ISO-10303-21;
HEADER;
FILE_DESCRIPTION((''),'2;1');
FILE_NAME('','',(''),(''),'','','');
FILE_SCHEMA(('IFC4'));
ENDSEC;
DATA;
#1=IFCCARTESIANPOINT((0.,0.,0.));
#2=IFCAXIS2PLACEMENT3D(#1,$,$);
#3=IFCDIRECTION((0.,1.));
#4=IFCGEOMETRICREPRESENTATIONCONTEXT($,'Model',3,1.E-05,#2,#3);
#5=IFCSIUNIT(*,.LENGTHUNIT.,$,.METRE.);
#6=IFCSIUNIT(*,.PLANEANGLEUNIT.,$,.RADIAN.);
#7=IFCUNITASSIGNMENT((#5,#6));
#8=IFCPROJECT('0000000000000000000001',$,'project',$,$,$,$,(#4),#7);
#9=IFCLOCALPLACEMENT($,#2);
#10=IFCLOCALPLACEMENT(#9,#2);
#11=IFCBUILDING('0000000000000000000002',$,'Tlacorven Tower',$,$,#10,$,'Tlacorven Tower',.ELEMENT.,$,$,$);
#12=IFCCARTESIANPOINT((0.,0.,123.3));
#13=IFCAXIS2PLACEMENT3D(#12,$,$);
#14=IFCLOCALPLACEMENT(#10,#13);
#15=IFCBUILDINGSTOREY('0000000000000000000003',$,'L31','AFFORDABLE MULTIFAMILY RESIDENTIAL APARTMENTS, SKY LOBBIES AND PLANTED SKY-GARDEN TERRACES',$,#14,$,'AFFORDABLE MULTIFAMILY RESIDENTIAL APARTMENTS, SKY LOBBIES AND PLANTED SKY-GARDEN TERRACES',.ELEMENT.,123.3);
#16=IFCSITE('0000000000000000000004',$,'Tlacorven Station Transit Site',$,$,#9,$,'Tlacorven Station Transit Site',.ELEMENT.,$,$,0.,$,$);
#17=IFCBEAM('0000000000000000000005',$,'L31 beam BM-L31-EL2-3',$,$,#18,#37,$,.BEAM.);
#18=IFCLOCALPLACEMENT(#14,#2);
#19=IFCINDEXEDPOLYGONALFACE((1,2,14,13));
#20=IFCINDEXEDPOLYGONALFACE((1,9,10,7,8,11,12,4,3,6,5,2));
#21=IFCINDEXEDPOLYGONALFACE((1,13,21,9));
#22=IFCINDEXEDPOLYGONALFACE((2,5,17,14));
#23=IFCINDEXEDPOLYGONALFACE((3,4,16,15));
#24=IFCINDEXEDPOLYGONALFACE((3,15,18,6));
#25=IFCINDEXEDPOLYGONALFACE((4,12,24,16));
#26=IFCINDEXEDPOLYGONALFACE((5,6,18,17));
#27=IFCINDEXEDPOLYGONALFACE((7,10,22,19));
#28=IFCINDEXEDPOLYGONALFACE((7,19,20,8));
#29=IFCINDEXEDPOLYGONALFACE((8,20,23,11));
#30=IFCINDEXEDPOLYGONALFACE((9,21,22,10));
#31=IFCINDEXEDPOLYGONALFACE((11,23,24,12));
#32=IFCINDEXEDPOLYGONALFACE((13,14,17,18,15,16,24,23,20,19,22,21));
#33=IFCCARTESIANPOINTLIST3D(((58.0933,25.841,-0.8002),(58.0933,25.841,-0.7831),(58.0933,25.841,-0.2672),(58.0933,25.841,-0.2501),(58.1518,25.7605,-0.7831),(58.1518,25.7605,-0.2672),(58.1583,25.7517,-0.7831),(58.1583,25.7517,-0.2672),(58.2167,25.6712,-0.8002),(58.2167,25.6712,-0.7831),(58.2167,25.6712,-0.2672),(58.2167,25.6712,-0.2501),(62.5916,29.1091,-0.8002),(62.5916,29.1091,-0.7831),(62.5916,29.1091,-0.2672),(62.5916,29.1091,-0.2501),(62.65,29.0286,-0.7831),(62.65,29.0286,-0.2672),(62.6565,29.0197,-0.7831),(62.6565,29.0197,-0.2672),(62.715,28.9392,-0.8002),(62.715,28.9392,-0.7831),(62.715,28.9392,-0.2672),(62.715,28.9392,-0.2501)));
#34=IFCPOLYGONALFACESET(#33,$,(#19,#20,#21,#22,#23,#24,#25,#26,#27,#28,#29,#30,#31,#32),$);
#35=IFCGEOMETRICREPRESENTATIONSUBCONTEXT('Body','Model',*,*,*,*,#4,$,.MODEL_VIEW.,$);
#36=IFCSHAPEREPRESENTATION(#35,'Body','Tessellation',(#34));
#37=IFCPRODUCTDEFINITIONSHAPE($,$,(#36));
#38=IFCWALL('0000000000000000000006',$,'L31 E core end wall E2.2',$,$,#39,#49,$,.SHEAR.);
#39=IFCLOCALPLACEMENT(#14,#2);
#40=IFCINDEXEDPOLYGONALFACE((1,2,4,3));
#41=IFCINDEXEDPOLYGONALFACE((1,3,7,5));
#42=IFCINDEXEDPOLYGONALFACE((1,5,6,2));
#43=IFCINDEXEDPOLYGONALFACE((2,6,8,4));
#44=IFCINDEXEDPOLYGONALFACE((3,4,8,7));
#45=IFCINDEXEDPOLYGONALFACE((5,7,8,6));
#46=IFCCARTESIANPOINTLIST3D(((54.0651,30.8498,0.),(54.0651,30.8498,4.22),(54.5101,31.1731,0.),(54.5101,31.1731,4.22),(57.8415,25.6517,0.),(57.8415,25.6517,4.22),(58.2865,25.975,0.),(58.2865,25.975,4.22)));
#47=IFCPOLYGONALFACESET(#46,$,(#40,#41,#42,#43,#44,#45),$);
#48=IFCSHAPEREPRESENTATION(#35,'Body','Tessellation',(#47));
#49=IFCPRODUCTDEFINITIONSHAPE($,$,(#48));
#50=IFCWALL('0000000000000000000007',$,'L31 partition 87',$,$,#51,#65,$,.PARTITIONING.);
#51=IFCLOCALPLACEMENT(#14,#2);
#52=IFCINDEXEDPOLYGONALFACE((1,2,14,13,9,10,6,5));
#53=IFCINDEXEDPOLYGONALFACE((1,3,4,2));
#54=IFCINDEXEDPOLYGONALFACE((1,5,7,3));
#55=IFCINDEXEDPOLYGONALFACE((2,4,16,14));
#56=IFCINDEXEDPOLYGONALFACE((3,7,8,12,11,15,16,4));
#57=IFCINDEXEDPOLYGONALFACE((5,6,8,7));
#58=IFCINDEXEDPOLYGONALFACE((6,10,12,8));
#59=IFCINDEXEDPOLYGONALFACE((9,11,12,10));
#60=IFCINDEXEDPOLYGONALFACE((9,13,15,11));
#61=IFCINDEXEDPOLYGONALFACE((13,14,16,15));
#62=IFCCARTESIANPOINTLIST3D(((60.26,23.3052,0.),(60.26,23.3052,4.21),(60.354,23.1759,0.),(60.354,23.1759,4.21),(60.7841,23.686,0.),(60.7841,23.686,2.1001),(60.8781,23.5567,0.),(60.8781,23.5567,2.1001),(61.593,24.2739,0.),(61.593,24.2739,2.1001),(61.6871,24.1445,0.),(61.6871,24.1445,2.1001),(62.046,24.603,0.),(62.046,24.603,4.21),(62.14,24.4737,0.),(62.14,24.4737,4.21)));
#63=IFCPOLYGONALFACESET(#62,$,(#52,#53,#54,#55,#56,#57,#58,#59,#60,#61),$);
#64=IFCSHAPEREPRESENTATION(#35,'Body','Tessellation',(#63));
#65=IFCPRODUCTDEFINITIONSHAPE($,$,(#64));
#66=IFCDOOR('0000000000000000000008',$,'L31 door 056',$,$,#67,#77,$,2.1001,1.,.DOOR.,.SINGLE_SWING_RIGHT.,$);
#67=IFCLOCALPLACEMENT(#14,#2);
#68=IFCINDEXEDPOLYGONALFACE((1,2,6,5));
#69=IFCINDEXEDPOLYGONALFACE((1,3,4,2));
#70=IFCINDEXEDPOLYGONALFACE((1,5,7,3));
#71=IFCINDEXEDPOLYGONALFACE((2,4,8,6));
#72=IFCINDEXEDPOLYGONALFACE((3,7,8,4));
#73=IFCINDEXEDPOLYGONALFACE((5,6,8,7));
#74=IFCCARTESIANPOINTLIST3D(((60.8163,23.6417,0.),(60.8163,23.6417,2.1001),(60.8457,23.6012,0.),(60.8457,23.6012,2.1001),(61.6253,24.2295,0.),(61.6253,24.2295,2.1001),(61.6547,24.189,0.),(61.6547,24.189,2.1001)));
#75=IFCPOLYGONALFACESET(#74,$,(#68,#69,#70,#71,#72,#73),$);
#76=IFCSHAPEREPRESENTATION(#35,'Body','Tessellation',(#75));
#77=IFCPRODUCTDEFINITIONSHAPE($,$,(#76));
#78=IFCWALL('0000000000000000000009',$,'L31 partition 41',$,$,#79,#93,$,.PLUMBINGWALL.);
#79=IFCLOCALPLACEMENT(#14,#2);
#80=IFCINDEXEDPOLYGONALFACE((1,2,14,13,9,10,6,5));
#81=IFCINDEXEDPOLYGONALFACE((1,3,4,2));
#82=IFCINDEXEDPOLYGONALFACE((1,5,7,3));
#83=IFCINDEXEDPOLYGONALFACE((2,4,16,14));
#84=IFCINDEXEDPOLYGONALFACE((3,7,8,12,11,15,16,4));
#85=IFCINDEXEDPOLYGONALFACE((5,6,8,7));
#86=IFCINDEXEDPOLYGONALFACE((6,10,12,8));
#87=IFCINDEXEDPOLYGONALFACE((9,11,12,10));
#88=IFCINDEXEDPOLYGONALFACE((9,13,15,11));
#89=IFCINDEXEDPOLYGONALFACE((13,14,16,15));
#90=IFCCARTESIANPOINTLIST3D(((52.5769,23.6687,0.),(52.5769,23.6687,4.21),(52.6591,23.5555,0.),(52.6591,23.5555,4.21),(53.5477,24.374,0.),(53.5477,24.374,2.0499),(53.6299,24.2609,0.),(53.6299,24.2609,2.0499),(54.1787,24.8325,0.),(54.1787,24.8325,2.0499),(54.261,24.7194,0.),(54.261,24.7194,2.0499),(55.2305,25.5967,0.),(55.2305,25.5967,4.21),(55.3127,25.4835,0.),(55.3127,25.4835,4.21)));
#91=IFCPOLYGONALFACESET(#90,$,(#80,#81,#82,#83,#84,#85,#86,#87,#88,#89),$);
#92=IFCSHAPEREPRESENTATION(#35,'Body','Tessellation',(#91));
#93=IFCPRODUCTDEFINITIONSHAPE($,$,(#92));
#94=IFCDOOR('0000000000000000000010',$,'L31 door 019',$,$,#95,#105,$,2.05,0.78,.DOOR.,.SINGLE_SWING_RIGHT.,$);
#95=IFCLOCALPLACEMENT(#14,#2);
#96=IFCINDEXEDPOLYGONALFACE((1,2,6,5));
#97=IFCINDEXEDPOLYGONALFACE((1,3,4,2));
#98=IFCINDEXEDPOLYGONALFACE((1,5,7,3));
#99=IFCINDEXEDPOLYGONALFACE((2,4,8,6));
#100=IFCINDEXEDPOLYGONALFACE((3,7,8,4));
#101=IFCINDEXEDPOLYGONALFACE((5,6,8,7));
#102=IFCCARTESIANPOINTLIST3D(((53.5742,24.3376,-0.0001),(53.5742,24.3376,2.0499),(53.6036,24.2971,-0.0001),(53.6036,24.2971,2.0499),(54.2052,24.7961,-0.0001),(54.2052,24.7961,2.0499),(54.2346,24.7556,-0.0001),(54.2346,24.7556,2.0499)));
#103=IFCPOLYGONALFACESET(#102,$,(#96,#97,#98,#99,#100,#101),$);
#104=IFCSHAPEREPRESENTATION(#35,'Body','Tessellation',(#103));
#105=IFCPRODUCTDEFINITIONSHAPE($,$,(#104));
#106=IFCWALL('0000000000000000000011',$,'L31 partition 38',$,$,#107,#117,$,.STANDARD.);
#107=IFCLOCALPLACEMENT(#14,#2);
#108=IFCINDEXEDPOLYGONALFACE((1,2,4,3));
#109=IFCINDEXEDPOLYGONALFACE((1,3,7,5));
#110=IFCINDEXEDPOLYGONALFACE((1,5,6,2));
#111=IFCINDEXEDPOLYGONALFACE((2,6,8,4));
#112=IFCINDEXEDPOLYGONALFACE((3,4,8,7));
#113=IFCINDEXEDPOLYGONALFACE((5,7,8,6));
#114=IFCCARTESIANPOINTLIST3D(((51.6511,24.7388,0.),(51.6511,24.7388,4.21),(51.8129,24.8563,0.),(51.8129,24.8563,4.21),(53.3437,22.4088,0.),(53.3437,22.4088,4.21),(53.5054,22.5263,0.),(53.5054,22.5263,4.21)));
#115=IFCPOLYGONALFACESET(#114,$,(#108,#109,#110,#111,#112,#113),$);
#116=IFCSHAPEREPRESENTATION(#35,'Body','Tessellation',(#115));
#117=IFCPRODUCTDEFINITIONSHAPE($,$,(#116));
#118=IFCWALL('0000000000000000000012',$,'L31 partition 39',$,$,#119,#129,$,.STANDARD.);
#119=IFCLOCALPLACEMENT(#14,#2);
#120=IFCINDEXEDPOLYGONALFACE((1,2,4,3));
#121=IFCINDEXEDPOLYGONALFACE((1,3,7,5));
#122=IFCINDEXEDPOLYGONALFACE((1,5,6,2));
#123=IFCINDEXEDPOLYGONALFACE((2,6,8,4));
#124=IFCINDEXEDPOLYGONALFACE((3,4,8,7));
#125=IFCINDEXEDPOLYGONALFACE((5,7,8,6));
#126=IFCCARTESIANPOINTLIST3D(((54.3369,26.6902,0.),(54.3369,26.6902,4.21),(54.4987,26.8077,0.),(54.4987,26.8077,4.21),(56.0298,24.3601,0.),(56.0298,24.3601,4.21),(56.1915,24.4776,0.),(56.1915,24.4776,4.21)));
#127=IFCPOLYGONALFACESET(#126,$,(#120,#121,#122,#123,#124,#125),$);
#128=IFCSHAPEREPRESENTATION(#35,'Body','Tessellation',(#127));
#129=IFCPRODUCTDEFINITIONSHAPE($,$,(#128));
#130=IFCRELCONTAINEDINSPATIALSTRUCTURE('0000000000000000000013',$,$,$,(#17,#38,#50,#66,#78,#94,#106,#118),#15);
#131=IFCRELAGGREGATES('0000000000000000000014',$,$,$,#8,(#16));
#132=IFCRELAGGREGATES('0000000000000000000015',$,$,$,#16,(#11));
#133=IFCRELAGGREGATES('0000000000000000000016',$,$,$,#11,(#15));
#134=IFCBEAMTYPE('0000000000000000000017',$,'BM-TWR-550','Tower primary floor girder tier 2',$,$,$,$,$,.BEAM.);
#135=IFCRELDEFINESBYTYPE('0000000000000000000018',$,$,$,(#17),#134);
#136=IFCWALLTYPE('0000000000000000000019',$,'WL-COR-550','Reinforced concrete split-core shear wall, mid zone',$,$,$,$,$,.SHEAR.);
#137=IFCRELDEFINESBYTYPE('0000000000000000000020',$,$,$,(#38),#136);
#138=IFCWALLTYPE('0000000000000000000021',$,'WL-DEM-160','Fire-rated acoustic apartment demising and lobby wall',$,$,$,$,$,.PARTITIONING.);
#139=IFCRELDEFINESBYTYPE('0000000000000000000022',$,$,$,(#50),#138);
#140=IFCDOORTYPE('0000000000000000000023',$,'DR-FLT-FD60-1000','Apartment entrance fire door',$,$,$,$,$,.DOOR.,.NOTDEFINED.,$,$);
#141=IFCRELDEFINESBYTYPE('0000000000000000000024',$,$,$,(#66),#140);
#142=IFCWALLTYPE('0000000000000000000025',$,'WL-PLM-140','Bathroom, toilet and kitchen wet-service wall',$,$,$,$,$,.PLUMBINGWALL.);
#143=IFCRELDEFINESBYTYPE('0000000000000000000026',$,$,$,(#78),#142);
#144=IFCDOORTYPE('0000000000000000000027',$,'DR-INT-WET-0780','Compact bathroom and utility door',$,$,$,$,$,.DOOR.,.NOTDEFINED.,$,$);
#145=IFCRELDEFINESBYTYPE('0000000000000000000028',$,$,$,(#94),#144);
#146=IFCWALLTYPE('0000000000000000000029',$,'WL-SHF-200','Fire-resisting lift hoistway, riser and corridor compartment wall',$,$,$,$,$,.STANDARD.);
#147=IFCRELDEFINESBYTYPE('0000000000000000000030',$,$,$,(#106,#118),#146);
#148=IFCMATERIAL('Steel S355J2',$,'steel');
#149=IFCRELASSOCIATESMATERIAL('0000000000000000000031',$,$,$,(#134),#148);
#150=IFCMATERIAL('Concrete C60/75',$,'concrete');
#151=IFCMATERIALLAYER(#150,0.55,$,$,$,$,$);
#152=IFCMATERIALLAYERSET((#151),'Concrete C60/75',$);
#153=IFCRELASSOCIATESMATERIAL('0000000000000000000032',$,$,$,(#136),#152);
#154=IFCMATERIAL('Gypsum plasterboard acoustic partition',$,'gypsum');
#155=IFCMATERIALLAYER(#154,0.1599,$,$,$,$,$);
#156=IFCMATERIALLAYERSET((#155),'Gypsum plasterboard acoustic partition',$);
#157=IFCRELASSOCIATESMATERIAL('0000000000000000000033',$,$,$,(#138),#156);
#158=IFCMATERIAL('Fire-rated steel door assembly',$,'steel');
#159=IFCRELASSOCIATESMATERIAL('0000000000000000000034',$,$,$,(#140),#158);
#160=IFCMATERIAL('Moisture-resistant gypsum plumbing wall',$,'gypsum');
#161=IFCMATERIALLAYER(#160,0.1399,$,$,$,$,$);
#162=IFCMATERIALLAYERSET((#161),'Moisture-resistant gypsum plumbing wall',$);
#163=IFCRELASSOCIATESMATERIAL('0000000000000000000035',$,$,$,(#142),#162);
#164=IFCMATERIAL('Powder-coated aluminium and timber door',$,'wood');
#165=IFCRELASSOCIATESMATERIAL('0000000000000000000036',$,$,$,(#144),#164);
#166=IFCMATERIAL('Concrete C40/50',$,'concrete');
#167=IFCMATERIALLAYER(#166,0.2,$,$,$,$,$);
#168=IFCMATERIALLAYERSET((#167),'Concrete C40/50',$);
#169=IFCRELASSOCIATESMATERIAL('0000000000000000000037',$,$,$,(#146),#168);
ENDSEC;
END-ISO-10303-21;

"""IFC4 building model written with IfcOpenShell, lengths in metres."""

from ifc_helpers import new_model, si_unit, direction, frame, frame_2d, origin, origin_2d, place, context, subcontext, project, spatial, rectangle, i_section, extrude, source, transform, mapped, material, layer, layer_set, material_profile, profile_set, type_object, element, fill, save


model = new_model("IFC4")

# Units and contexts
model_context = context("Model", 3, precision=1e-05, world=origin(), true_north=direction((0.0, 1.0)))
body_context = subcontext(model_context, "Body", "Model", "MODEL_VIEW")
ifc_project = project(units=[si_unit("LENGTHUNIT", "METRE"), si_unit("PLANEANGLEUNIT", "RADIAN")], contexts=[model_context])

# Site, building, storey
site_placement = place(None, origin())
site = spatial("IfcSite", under=ifc_project, at=site_placement, Name="Tlacorven Station Transit Site", LongName="Tlacorven Station Transit Site", CompositionType="ELEMENT", RefElevation=0.0)
building_placement = place(site_placement, origin())
building = spatial("IfcBuilding", under=site, at=building_placement, Name="Tlacorven Tower", LongName="Tlacorven Tower", CompositionType="ELEMENT")
storey_placement = place(building_placement, frame((0.0, 0.0, 123.3)))
storey = spatial("IfcBuildingStorey", under=building, at=storey_placement, Name="L31", Description="AFFORDABLE MULTIFAMILY RESIDENTIAL APARTMENTS, SKY LOBBIES AND PLANTED SKY-GARDEN TERRACES", LongName="AFFORDABLE MULTIFAMILY RESIDENTIAL APARTMENTS, SKY LOBBIES AND PLANTED SKY-GARDEN TERRACES", CompositionType="ELEMENT", Elevation=123.3)

# Beam
ifc_material_1 = material(Name="Steel S355J2", Category="steel")
ifc_material_profile = material_profile(ifc_material_1, i_section(OverallWidth=0.21, OverallDepth=0.55, WebThickness=0.011, FlangeThickness=0.0171, at=origin_2d()), Name="IPE 550")
ifc_profile_set = profile_set([ifc_material_profile], Name="Steel S355J2")
beam_type = type_object("IfcBeamType", Name="BM-TWR-550", Description="Tower primary floor girder tier 2", PredefinedType="BEAM", material=ifc_profile_set)
shared_shape_1 = source(origin(), body_context, "Body", "SweptSolid", [
    extrude(i_section(OverallWidth=0.21, OverallDepth=0.55, WebThickness=0.011, FlangeThickness=0.0171, at=origin_2d()), origin(), (0.0, 0.0, 1.0), 5.5601),
])
beam_placement = place(storey_placement, frame((58.155, 25.7561, -0.5251), z_axis=(0.809028, 0.58777, 0.0), x_axis=(-0.58777, 0.809028, 0.0)))
element("IfcBeam", 1, at=beam_placement, inside=storey, type_object=beam_type, Name="L31 beam BM-L31-EL2-3", PredefinedType="BEAM", context=body_context, shape_type="MappedRepresentation", body=[
    mapped(shared_shape_1, transform((0.0, 0.0, 0.0), scale=1.0)),
])

# Wall
ifc_material_2 = material(Name="Concrete C60/75", Category="concrete")
ifc_layer_1 = layer(ifc_material_2, 0.55)
ifc_layer_set_1 = layer_set([ifc_layer_1], Name="Concrete C60/75")
wall_type_1 = type_object("IfcWallType", Name="WL-COR-550", Description="Reinforced concrete split-core shear wall, mid zone", PredefinedType="SHEAR", material=ifc_layer_set_1)
wall_1_placement = place(storey_placement, frame((58.064, 25.8135, 0.0), z_axis=(0.0, 0.0, 1.0), x_axis=(-0.587765, 0.809032, 0.0)))
element("IfcWall", 2, at=wall_1_placement, inside=storey, type_object=wall_type_1, Name="L31 E core end wall E2.2", PredefinedType="SHEAR", context=body_context, shape_type="SweptSolid", body=[
    extrude(rectangle(XDim=6.425, YDim=0.55, at=frame_2d((3.2124, 0.0))), origin(), (0.0, 0.0, 1.0), 4.22),
])

# Walls, openings, doors
ifc_material_3 = material(Name="Gypsum plasterboard acoustic partition", Category="gypsum")
ifc_layer_2 = layer(ifc_material_3, 0.1599)
ifc_layer_set_2 = layer_set([ifc_layer_2], Name="Gypsum plasterboard acoustic partition")
wall_type_2 = type_object("IfcWallType", Name="WL-DEM-160", Description="Fire-rated acoustic apartment demising and lobby wall", PredefinedType="PARTITIONING", material=ifc_layer_set_2)
wall_2_placement = place(storey_placement, frame((60.3069, 23.2405, 0.0), z_axis=(0.0, 0.0, 1.0), x_axis=(0.808985, 0.58783, 0.0)))
wall_2 = element("IfcWall", 3, at=wall_2_placement, inside=storey, type_object=wall_type_2, Name="L31 partition 87", PredefinedType="PARTITIONING", context=body_context, shape_type="SweptSolid", body=[
    extrude(rectangle(XDim=2.2078, YDim=0.1599, at=frame_2d((1.104, 0.0))), origin(), (0.0, 0.0, 1.0), 4.21),
])
opening_1_placement = place(wall_2_placement, frame((0.6479, 0.0, 0.0)))
opening_1 = element("IfcOpeningElement", 4, at=opening_1_placement, cuts=wall_2, PredefinedType="OPENING", context=body_context, shape_type="SweptSolid", body=[
    extrude(rectangle(XDim=1.0, YDim=2.1001, at=frame_2d((0.5, 1.05))), frame((0.0, 0.0898, 0.0), z_axis=(0.0, -1.0, 0.0), x_axis=(1.0, 0.0, 0.0)), (0.0, 0.0, 1.0), 0.1799),
])
ifc_material_4 = material(Name="Fire-rated steel door assembly", Category="steel")
door_type_1 = type_object("IfcDoorType", Name="DR-FLT-FD60-1000", Description="Apartment entrance fire door", OperationType="NOTDEFINED", PredefinedType="DOOR", material=ifc_material_4)
shared_shape_2 = source(origin(), body_context, "Body", "SweptSolid", [
    extrude(rectangle(XDim=1.0, YDim=2.1001, at=frame_2d((0.5, 1.05))), frame((0.0, 0.0249, 0.0), z_axis=(0.0, -1.0, 0.0), x_axis=(1.0, 0.0, 0.0)), (0.0, 0.0, 1.0), 0.05),
])
door_1_placement = place(opening_1_placement, frame((1.0, 0.0, 0.0), z_axis=(0.0, 0.0, 1.0), x_axis=(-1.0, 0.0, 0.0)))
door_1 = element("IfcDoor", 5, at=door_1_placement, inside=storey, type_object=door_type_1, Name="L31 door 056", OperationType="SINGLE_SWING_RIGHT", OverallHeight=2.1001, OverallWidth=1.0, PredefinedType="DOOR", context=body_context, shape_type="MappedRepresentation", body=[
    mapped(shared_shape_2, transform((0.0, 0.0, 0.0), scale=1.0)),
])
fill(opening_1, door_1)
ifc_material_5 = material(Name="Moisture-resistant gypsum plumbing wall", Category="gypsum")
ifc_layer_3 = layer(ifc_material_5, 0.1399)
ifc_layer_set_3 = layer_set([ifc_layer_3], Name="Moisture-resistant gypsum plumbing wall")
wall_type_3 = type_object("IfcWallType", Name="WL-PLM-140", Description="Bathroom, toilet and kitchen wet-service wall", PredefinedType="PLUMBINGWALL", material=ifc_layer_set_3)
wall_3_placement = place(storey_placement, frame((52.6179, 23.6121, 0.0), z_axis=(0.0, 0.0, 1.0), x_axis=(0.80901, 0.587795, 0.0)))
wall_3 = element("IfcWall", 6, at=wall_3_placement, inside=storey, type_object=wall_type_3, Name="L31 partition 41", PredefinedType="PLUMBINGWALL", context=body_context, shape_type="SweptSolid", body=[
    extrude(rectangle(XDim=3.28, YDim=0.1399, at=frame_2d((1.6401, 0.0))), origin(), (0.0, 0.0, 1.0), 4.21),
])
opening_2_placement = place(wall_3_placement, frame((1.2, 0.0, 0.0)))
opening_2 = element("IfcOpeningElement", 7, at=opening_2_placement, cuts=wall_3, PredefinedType="OPENING", context=body_context, shape_type="SweptSolid", body=[
    extrude(rectangle(XDim=0.78, YDim=2.05, at=frame_2d((0.3901, 1.0249))), frame((0.0, 0.0801, 0.0), z_axis=(0.0, -1.0, 0.0), x_axis=(1.0, 0.0, 0.0)), (0.0, 0.0, 1.0), 0.1599),
])
ifc_material_6 = material(Name="Powder-coated aluminium and timber door", Category="wood")
door_type_2 = type_object("IfcDoorType", Name="DR-INT-WET-0780", Description="Compact bathroom and utility door", OperationType="NOTDEFINED", PredefinedType="DOOR", material=ifc_material_6)
shared_shape_3 = source(origin(), body_context, "Body", "SweptSolid", [
    extrude(rectangle(XDim=0.78, YDim=2.05, at=frame_2d((0.3901, 1.0249))), frame((0.0, 0.0249, 0.0), z_axis=(0.0, -1.0, 0.0), x_axis=(1.0, 0.0, 0.0)), (0.0, 0.0, 1.0), 0.05),
])
door_2_placement = place(opening_2_placement, origin())
door_2 = element("IfcDoor", 8, at=door_2_placement, inside=storey, type_object=door_type_2, Name="L31 door 019", OperationType="SINGLE_SWING_RIGHT", OverallHeight=2.05, OverallWidth=0.78, PredefinedType="DOOR", context=body_context, shape_type="MappedRepresentation", body=[
    mapped(shared_shape_3, transform((0.0, 0.0, 0.0), scale=1.0)),
])
fill(opening_2, door_2)

# Walls
ifc_material_7 = material(Name="Concrete C40/50", Category="concrete")
ifc_layer_4 = layer(ifc_material_7, 0.2)
ifc_layer_set_4 = layer_set([ifc_layer_4], Name="Concrete C40/50")
wall_type_4 = type_object("IfcWallType", Name="WL-SHF-200", Description="Fire-resisting lift hoistway, riser and corridor compartment wall", PredefinedType="STANDARD", material=ifc_layer_set_4)
wall_4_placement = place(storey_placement, frame((53.4246, 22.4675, 0.0), z_axis=(0.0, 0.0, 1.0), x_axis=(-0.587723, 0.809062, 0.0)))
element("IfcWall", 9, at=wall_4_placement, inside=storey, type_object=wall_type_4, Name="L31 partition 38", PredefinedType="STANDARD", context=body_context, shape_type="SweptSolid", body=[
    extrude(rectangle(XDim=2.8799, YDim=0.2, at=frame_2d((1.4399, 0.0))), origin(), (0.0, 0.0, 1.0), 4.21),
])
wall_5_placement = place(storey_placement, frame((56.1106, 24.4189, 0.0), z_axis=(0.0, 0.0, 1.0), x_axis=(-0.587778, 0.809022, 0.0)))
element("IfcWall", 10, at=wall_5_placement, inside=storey, type_object=wall_type_4, Name="L31 partition 39", PredefinedType="STANDARD", context=body_context, shape_type="SweptSolid", body=[
    extrude(rectangle(XDim=2.8801, YDim=0.2, at=frame_2d((1.4399, 0.0))), origin(), (0.0, 0.0, 1.0), 4.21),
])

save(model, "model.ifc")
